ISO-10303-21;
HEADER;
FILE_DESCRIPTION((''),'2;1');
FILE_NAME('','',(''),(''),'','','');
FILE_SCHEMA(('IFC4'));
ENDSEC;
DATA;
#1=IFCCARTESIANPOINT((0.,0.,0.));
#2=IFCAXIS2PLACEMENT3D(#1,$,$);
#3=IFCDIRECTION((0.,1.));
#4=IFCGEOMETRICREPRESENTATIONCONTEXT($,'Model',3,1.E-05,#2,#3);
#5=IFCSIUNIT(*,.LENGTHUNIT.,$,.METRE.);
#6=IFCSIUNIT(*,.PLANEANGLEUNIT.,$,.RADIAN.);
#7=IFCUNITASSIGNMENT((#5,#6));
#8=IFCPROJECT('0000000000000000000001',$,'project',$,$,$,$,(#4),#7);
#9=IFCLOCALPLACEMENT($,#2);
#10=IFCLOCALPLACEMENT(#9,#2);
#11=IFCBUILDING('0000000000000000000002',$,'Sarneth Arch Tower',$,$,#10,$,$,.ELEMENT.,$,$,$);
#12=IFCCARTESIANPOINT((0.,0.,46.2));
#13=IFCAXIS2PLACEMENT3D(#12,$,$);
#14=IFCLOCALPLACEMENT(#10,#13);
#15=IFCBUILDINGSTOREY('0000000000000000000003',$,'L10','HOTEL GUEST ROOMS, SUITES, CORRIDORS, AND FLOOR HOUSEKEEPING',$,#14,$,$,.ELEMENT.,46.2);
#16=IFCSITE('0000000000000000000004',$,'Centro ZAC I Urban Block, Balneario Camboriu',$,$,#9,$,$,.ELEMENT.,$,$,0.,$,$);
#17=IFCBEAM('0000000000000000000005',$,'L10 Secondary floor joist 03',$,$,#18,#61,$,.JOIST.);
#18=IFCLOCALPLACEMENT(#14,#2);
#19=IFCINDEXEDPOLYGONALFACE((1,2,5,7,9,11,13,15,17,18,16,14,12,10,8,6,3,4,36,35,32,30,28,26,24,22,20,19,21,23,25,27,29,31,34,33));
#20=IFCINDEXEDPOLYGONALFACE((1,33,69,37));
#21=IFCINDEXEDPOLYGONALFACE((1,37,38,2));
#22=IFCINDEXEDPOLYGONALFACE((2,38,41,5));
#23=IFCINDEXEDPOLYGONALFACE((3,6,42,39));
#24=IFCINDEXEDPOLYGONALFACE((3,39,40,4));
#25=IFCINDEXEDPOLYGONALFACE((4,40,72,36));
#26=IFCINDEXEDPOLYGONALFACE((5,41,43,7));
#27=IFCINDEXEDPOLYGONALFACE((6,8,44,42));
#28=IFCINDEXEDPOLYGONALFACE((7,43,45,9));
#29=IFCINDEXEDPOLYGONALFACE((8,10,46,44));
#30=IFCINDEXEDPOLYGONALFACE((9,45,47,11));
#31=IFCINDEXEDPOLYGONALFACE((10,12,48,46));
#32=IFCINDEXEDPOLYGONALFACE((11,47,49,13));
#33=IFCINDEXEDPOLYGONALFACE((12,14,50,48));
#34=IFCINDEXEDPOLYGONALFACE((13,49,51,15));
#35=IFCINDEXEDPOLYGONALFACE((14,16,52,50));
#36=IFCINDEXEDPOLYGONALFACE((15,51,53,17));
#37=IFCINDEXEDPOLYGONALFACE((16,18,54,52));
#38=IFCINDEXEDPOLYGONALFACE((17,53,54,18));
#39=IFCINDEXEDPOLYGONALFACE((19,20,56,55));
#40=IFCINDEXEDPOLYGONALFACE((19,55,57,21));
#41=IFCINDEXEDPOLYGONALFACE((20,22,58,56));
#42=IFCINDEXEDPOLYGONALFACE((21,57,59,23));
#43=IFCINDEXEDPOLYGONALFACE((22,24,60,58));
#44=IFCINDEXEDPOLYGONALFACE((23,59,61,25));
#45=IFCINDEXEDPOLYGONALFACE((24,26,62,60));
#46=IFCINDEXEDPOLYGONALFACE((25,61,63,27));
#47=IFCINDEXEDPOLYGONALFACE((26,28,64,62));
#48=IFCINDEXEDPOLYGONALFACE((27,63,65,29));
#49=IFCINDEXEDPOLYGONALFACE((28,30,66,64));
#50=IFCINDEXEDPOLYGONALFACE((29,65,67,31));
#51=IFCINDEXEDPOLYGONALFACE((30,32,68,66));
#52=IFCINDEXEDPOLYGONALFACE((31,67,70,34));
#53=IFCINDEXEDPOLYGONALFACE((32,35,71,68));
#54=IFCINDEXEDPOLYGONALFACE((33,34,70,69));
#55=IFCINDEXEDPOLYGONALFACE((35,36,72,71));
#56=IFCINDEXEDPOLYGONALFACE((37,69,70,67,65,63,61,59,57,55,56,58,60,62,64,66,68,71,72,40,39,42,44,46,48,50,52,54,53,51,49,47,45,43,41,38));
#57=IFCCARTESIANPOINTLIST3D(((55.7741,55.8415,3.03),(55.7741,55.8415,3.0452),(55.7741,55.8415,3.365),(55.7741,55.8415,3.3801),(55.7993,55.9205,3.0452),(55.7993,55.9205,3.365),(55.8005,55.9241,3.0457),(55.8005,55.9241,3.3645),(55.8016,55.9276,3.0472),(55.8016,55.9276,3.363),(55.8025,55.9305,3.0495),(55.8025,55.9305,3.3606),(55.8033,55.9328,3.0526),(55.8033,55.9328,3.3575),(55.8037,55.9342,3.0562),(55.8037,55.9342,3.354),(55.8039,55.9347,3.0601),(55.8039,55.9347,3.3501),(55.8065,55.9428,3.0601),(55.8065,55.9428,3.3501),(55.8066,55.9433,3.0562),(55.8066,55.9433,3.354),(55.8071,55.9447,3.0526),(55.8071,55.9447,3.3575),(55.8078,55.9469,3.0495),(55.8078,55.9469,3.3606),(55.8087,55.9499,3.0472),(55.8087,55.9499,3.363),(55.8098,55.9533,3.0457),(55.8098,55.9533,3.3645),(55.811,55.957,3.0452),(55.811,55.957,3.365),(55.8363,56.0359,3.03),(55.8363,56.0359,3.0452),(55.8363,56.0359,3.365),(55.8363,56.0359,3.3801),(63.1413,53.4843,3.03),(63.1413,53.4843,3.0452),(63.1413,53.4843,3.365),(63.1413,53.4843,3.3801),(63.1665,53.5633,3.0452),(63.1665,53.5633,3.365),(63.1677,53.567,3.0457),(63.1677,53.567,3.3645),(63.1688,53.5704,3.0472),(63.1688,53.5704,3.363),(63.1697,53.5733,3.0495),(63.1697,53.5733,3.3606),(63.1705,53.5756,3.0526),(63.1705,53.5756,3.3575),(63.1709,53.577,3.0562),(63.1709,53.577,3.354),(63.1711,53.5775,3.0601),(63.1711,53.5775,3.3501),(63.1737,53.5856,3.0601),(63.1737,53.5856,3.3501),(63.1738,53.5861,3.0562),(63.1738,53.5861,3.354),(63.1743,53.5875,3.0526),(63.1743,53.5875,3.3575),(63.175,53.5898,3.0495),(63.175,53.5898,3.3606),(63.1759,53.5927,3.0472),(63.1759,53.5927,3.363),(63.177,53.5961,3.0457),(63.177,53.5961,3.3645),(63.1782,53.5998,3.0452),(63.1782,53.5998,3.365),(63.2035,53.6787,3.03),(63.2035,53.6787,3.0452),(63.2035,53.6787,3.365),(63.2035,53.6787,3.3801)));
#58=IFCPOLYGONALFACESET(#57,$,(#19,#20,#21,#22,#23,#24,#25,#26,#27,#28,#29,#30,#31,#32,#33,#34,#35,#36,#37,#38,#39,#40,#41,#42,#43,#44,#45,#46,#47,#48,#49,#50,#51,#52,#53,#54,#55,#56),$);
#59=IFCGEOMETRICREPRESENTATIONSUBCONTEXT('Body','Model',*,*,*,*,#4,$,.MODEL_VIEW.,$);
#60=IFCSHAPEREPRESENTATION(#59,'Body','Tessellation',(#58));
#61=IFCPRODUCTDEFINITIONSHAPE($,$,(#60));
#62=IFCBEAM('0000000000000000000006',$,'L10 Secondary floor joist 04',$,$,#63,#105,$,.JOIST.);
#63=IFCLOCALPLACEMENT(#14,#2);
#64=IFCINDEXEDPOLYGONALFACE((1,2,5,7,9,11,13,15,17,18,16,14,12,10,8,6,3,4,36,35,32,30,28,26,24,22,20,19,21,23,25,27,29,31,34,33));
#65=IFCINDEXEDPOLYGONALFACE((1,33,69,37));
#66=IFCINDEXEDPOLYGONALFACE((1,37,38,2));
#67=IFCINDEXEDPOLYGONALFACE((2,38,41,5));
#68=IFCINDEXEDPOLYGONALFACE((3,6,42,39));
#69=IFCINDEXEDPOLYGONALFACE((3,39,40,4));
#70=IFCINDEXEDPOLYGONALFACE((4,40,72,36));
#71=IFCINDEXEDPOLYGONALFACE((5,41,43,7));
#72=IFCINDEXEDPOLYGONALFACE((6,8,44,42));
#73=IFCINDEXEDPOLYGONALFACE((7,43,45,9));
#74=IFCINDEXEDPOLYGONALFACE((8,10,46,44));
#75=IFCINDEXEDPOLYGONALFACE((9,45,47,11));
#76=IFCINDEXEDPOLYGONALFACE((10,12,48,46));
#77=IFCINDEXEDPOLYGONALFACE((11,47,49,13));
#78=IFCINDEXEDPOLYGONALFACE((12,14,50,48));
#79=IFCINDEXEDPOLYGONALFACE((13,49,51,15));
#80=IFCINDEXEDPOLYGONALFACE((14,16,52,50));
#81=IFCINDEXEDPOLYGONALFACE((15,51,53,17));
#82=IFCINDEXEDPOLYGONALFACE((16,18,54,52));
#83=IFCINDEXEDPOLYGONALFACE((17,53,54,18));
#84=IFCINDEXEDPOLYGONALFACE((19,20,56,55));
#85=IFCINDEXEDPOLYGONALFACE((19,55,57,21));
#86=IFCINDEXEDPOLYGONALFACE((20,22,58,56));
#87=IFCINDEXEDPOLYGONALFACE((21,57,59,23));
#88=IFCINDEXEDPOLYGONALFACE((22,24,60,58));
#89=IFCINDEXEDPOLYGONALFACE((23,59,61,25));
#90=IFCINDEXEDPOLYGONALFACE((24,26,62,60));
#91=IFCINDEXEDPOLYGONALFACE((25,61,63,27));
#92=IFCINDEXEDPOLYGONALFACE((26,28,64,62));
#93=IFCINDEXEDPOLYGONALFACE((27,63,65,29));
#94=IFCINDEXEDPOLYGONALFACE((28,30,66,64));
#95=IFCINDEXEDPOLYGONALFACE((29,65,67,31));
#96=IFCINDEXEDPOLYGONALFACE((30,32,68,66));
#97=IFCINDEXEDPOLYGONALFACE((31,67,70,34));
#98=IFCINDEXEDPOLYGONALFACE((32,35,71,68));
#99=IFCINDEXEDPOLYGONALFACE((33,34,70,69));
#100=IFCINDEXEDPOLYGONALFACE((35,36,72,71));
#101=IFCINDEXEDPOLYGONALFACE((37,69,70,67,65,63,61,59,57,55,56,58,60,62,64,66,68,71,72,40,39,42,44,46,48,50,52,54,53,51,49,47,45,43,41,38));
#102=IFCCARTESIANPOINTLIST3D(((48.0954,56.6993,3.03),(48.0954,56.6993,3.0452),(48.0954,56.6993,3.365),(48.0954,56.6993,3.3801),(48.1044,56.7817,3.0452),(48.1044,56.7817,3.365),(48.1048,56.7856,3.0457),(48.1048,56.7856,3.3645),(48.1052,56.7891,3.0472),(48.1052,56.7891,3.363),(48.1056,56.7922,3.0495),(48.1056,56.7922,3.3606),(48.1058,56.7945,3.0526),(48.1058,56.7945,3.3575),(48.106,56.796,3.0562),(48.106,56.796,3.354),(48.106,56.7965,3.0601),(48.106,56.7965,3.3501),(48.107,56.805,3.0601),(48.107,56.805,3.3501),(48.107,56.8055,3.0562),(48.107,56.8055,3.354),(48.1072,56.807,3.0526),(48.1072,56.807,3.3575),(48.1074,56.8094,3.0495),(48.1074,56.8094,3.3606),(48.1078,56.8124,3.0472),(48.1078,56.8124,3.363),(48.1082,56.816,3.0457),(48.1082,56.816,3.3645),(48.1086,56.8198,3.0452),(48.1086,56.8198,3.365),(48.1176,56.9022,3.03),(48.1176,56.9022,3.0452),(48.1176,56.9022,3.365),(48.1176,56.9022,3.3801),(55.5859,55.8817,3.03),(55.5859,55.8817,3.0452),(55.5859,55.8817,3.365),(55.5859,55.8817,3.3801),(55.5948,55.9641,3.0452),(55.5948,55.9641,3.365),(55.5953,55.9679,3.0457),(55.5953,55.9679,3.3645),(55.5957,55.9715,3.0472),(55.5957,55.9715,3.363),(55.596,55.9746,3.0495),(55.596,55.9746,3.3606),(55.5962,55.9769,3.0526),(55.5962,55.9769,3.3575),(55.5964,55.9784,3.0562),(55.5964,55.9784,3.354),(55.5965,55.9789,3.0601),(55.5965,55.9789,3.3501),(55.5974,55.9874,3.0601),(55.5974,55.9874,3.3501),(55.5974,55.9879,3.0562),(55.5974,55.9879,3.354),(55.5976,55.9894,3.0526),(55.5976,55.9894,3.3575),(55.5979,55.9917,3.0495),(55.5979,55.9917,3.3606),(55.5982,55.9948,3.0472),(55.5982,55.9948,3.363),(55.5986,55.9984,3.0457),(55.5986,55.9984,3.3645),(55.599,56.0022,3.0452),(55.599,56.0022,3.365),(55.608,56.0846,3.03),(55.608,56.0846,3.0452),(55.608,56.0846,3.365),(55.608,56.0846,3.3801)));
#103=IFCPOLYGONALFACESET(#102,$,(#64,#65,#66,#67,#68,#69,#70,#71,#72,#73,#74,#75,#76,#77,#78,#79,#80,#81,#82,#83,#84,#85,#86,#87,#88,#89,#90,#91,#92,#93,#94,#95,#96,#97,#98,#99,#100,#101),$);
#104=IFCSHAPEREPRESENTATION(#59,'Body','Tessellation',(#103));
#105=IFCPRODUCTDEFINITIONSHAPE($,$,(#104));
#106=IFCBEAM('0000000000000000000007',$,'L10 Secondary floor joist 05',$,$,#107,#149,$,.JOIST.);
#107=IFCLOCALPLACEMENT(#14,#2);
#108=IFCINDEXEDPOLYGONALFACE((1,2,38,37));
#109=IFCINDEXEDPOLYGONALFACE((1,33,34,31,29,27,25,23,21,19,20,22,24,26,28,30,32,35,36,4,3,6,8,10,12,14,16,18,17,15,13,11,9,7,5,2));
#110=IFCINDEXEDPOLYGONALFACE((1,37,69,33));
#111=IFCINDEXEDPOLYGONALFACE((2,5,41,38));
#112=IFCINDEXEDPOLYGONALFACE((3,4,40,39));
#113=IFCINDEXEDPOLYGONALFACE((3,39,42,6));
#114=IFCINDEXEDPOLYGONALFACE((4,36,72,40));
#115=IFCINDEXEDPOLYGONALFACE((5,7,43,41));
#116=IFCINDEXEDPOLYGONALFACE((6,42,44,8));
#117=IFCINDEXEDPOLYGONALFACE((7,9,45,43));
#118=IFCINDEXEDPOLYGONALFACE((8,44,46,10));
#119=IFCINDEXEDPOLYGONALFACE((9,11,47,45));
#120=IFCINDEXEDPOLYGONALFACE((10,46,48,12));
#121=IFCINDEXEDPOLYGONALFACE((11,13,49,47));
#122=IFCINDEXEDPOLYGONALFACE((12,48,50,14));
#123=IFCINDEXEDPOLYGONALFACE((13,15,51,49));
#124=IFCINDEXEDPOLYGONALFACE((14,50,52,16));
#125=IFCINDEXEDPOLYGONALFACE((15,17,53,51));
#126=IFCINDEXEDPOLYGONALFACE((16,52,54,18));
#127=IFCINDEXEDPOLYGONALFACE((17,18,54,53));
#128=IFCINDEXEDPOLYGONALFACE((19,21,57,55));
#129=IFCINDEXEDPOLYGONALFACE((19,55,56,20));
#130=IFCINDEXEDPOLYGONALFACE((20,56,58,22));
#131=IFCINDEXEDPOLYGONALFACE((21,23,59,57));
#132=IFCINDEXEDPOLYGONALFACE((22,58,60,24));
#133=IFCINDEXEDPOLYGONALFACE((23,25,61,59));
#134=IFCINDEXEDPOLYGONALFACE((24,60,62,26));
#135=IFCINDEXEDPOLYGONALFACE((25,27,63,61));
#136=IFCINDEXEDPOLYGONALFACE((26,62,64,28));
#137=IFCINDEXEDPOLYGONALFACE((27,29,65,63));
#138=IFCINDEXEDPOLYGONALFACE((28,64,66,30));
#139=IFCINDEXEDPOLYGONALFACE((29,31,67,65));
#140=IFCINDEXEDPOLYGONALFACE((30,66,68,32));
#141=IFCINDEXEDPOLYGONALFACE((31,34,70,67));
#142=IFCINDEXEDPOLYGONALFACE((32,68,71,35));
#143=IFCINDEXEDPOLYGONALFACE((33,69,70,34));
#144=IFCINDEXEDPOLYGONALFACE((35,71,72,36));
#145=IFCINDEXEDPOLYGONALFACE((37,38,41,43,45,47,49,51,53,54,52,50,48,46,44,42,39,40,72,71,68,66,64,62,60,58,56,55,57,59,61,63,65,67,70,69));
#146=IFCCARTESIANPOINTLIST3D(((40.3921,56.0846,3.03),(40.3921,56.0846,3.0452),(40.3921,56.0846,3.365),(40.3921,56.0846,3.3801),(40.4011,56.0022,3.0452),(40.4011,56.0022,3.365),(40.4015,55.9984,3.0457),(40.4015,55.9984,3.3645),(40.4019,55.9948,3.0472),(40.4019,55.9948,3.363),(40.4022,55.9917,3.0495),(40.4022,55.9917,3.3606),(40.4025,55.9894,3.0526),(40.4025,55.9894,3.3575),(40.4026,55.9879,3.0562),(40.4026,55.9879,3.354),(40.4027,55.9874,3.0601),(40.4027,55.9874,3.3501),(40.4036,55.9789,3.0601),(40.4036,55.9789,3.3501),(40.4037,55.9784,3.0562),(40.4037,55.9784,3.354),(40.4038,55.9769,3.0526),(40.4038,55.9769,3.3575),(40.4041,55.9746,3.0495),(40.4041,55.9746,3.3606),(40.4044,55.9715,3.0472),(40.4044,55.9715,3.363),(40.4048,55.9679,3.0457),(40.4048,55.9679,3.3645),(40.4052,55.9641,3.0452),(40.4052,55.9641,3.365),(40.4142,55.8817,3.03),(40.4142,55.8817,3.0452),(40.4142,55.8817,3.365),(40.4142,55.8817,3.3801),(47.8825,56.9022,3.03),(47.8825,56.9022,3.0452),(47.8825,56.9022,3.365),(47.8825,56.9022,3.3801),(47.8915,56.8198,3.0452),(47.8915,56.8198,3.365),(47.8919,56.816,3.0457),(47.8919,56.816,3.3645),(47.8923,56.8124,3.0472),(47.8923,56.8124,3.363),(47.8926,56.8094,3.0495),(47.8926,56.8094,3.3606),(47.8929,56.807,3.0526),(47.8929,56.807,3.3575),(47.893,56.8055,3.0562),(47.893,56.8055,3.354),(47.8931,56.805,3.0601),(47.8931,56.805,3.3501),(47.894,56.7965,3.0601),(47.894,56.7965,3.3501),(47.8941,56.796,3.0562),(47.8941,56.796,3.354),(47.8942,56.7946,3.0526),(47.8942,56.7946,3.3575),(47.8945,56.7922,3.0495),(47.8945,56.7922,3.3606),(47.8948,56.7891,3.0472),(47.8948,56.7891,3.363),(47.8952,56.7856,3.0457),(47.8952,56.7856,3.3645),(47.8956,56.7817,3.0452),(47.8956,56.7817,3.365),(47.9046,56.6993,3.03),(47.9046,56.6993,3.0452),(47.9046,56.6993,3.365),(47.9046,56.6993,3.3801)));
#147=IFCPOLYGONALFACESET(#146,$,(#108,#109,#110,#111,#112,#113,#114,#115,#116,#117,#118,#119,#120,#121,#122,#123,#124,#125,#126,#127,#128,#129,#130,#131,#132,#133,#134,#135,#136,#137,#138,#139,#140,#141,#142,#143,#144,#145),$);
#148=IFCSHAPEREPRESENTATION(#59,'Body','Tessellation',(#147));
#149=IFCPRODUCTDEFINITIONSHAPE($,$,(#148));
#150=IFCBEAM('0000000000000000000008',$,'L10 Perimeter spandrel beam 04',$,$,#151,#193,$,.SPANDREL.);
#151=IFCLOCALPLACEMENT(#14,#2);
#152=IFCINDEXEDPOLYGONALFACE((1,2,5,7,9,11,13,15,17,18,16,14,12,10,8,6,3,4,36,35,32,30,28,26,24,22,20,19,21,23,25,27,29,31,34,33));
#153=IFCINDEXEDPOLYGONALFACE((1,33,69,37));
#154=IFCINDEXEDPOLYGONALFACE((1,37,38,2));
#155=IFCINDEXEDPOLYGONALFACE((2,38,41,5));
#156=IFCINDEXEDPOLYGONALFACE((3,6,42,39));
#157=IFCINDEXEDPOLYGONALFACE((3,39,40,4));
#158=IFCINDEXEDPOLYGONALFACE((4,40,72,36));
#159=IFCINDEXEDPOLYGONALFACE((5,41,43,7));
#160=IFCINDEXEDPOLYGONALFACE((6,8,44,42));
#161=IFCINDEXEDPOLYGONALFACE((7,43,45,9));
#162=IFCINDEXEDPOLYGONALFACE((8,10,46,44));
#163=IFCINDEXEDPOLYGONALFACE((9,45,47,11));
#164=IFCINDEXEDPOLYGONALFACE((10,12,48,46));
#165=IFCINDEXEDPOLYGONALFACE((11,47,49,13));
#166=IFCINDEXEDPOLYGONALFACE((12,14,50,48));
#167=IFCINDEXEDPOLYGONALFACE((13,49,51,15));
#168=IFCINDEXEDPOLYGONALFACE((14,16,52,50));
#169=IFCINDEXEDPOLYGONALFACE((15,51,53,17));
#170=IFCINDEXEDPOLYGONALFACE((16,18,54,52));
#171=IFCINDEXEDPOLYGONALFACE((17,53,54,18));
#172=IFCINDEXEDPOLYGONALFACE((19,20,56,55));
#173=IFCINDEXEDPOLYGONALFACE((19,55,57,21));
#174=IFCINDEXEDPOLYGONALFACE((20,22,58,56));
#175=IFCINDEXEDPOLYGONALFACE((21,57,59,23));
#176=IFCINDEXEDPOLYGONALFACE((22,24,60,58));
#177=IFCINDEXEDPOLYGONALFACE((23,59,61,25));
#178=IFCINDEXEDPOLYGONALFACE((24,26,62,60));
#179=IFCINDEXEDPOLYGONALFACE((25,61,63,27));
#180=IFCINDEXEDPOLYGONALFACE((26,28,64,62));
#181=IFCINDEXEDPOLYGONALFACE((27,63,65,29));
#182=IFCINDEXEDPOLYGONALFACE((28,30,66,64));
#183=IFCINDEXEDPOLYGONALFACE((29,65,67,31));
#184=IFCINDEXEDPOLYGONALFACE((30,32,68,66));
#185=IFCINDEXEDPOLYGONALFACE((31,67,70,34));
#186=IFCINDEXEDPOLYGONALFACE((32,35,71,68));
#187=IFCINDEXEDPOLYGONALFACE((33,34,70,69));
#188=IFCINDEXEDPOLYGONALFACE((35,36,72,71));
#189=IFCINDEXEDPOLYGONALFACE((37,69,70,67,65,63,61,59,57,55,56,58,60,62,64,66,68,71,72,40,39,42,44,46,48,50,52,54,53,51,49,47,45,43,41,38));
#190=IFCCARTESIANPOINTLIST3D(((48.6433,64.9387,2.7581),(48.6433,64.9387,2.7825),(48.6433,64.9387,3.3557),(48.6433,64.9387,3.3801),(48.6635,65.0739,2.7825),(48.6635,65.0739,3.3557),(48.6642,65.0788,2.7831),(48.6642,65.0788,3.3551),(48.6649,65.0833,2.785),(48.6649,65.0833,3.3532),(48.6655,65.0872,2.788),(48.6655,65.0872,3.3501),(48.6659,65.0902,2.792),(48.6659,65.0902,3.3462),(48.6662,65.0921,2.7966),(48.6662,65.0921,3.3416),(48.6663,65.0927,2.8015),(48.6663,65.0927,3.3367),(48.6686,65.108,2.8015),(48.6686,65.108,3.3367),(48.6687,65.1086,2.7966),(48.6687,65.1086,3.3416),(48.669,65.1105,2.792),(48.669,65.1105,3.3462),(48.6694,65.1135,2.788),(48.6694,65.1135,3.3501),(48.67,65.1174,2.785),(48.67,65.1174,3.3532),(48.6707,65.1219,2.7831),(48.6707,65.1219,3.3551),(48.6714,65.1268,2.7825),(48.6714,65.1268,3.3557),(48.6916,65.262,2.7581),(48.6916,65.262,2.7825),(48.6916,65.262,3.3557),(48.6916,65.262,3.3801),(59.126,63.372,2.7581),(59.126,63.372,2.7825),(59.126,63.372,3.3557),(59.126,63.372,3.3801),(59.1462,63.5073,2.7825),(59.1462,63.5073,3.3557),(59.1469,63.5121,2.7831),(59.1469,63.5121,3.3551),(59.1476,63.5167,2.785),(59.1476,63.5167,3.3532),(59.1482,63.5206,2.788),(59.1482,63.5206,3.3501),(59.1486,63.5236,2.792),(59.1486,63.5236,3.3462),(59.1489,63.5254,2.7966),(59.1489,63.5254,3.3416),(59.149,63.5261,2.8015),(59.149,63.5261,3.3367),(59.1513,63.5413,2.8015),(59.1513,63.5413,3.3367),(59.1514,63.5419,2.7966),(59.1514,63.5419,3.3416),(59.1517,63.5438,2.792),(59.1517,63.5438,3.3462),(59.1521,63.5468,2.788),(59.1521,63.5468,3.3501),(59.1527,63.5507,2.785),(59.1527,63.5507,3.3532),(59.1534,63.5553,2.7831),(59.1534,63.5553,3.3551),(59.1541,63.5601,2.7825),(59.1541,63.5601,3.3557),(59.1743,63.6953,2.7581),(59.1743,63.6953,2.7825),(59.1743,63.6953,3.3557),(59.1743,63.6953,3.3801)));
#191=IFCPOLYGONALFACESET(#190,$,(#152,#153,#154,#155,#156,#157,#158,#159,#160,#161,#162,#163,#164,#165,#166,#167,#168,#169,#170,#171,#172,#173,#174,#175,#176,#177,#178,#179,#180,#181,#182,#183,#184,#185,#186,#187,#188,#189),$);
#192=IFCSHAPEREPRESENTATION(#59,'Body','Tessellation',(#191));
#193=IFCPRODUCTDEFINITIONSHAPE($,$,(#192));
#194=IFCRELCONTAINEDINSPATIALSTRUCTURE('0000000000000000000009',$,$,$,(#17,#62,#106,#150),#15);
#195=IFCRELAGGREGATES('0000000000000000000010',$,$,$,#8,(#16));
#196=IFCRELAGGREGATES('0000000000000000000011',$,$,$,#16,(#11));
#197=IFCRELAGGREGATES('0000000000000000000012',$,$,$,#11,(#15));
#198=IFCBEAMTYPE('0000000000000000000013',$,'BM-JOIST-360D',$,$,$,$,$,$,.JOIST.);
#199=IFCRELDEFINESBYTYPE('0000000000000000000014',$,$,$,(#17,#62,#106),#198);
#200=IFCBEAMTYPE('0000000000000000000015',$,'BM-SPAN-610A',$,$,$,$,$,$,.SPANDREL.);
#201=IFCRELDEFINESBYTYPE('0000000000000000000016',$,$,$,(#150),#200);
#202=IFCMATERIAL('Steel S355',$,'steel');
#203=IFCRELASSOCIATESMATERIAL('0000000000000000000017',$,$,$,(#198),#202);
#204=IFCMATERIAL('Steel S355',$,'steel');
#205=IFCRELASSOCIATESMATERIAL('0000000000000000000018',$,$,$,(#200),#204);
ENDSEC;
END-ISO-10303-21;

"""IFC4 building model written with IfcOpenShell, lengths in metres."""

from ifc_helpers import new_model, si_unit, direction, frame, origin, origin_2d, place, context, subcontext, project, spatial, i_section, extrude, material, material_profile, profile_set, type_object, element, save


model = new_model("IFC4")

# Units and contexts
model_context = context("Model", 3, precision=1e-05, world=origin(), true_north=direction((0.0, 1.0)))
body_context = subcontext(model_context, "Body", "Model", "MODEL_VIEW")
ifc_project = project(units=[si_unit("LENGTHUNIT", "METRE"), si_unit("PLANEANGLEUNIT", "RADIAN")], contexts=[model_context])

# Site, building, storey
site_placement = place(None, origin())
site = spatial("IfcSite", under=ifc_project, at=site_placement, Name="Centro ZAC I Urban Block, Balneario Camboriu", CompositionType="ELEMENT", RefElevation=0.0)
building_placement = place(site_placement, origin())
building = spatial("IfcBuilding", under=site, at=building_placement, Name="Sarneth Arch Tower", CompositionType="ELEMENT")
storey_placement = place(building_placement, frame((0.0, 0.0, 46.2)))
storey = spatial("IfcBuildingStorey", under=building, at=storey_placement, Name="L10", Description="HOTEL GUEST ROOMS, SUITES, CORRIDORS, AND FLOOR HOUSEKEEPING", CompositionType="ELEMENT", Elevation=46.2)

# Beams
ifc_material_1 = material(Name="Steel S355", Category="steel")
ifc_material_profile_1 = material_profile(ifc_material_1, i_section(OverallWidth=0.2041, OverallDepth=0.3501, WebThickness=0.0085, FlangeThickness=0.0151, FilletRadius=0.0149, at=origin_2d()), Name="W360x72")
ifc_profile_set_1 = profile_set([ifc_material_profile_1], Name="Steel S355")
beam_type_1 = type_object("IfcBeamType", Name="BM-JOIST-360D", PredefinedType="JOIST", material=ifc_profile_set_1)
beam_1_placement = place(storey_placement, frame((63.1724, 53.5815, 3.2051), z_axis=(-0.952436, 0.304738, 0.0), x_axis=(-0.304738, -0.952436, 0.0)))
element("IfcBeam", 1, at=beam_1_placement, inside=storey, type_object=beam_type_1, Name="L10 Secondary floor joist 03", PredefinedType="JOIST", context=body_context, shape_type="SweptSolid", body=[
    extrude(i_section(OverallWidth=0.2041, OverallDepth=0.3501, WebThickness=0.0085, FlangeThickness=0.0151, FilletRadius=0.0149, at=origin_2d()), origin(), (0.0, 0.0, 1.0), 7.7351),
])
for number, where, z_axis, x_axis, name in (
    (2, (55.5969, 55.9832, 3.2051), (-0.994095, 0.108511, 0.0), (-0.108511, -0.994095, 0.0), "L10 Secondary floor joist 04"),
    (3, (47.8936, 56.8008, 3.2051), (-0.994095, -0.108511, 0.0), (0.108511, -0.994095, 0.0), "L10 Secondary floor joist 05"),
):
    element("IfcBeam", number, at=place(storey_placement, frame(where, z_axis=z_axis, x_axis=x_axis)), inside=storey, type_object=beam_type_1, Name=name, PredefinedType="JOIST", context=body_context, shape_type="SweptSolid", body=[
        extrude(i_section(OverallWidth=0.2041, OverallDepth=0.3501, WebThickness=0.0085, FlangeThickness=0.0151, FilletRadius=0.0149, at=origin_2d()), origin(), (0.0, 0.0, 1.0), 7.5349),
    ])
ifc_material_2 = material(Name="Steel S355", Category="steel")
ifc_material_profile_2 = material_profile(ifc_material_2, i_section(OverallWidth=0.3269, OverallDepth=0.6221, WebThickness=0.0154, FlangeThickness=0.0244, FilletRadius=0.019, at=origin_2d()), Name="W610x195")
ifc_profile_set_2 = profile_set([ifc_material_profile_2], Name="Steel S355")
beam_type_2 = type_object("IfcBeamType", Name="BM-SPAN-610A", PredefinedType="SPANDREL", material=ifc_profile_set_2)
beam_2_placement = place(storey_placement, frame((59.1501, 63.5337, 3.0691), z_axis=(-0.989016, 0.14781, 0.0), x_axis=(-0.14781, -0.989016, 0.0)))
element("IfcBeam", 4, at=beam_2_placement, inside=storey, type_object=beam_type_2, Name="L10 Perimeter spandrel beam 04", PredefinedType="SPANDREL", context=body_context, shape_type="SweptSolid", body=[
    extrude(i_section(OverallWidth=0.3269, OverallDepth=0.6221, WebThickness=0.0154, FlangeThickness=0.0244, FilletRadius=0.019, at=origin_2d()), origin(), (0.0, 0.0, 1.0), 10.5991),
])

save(model, "model.ifc")
